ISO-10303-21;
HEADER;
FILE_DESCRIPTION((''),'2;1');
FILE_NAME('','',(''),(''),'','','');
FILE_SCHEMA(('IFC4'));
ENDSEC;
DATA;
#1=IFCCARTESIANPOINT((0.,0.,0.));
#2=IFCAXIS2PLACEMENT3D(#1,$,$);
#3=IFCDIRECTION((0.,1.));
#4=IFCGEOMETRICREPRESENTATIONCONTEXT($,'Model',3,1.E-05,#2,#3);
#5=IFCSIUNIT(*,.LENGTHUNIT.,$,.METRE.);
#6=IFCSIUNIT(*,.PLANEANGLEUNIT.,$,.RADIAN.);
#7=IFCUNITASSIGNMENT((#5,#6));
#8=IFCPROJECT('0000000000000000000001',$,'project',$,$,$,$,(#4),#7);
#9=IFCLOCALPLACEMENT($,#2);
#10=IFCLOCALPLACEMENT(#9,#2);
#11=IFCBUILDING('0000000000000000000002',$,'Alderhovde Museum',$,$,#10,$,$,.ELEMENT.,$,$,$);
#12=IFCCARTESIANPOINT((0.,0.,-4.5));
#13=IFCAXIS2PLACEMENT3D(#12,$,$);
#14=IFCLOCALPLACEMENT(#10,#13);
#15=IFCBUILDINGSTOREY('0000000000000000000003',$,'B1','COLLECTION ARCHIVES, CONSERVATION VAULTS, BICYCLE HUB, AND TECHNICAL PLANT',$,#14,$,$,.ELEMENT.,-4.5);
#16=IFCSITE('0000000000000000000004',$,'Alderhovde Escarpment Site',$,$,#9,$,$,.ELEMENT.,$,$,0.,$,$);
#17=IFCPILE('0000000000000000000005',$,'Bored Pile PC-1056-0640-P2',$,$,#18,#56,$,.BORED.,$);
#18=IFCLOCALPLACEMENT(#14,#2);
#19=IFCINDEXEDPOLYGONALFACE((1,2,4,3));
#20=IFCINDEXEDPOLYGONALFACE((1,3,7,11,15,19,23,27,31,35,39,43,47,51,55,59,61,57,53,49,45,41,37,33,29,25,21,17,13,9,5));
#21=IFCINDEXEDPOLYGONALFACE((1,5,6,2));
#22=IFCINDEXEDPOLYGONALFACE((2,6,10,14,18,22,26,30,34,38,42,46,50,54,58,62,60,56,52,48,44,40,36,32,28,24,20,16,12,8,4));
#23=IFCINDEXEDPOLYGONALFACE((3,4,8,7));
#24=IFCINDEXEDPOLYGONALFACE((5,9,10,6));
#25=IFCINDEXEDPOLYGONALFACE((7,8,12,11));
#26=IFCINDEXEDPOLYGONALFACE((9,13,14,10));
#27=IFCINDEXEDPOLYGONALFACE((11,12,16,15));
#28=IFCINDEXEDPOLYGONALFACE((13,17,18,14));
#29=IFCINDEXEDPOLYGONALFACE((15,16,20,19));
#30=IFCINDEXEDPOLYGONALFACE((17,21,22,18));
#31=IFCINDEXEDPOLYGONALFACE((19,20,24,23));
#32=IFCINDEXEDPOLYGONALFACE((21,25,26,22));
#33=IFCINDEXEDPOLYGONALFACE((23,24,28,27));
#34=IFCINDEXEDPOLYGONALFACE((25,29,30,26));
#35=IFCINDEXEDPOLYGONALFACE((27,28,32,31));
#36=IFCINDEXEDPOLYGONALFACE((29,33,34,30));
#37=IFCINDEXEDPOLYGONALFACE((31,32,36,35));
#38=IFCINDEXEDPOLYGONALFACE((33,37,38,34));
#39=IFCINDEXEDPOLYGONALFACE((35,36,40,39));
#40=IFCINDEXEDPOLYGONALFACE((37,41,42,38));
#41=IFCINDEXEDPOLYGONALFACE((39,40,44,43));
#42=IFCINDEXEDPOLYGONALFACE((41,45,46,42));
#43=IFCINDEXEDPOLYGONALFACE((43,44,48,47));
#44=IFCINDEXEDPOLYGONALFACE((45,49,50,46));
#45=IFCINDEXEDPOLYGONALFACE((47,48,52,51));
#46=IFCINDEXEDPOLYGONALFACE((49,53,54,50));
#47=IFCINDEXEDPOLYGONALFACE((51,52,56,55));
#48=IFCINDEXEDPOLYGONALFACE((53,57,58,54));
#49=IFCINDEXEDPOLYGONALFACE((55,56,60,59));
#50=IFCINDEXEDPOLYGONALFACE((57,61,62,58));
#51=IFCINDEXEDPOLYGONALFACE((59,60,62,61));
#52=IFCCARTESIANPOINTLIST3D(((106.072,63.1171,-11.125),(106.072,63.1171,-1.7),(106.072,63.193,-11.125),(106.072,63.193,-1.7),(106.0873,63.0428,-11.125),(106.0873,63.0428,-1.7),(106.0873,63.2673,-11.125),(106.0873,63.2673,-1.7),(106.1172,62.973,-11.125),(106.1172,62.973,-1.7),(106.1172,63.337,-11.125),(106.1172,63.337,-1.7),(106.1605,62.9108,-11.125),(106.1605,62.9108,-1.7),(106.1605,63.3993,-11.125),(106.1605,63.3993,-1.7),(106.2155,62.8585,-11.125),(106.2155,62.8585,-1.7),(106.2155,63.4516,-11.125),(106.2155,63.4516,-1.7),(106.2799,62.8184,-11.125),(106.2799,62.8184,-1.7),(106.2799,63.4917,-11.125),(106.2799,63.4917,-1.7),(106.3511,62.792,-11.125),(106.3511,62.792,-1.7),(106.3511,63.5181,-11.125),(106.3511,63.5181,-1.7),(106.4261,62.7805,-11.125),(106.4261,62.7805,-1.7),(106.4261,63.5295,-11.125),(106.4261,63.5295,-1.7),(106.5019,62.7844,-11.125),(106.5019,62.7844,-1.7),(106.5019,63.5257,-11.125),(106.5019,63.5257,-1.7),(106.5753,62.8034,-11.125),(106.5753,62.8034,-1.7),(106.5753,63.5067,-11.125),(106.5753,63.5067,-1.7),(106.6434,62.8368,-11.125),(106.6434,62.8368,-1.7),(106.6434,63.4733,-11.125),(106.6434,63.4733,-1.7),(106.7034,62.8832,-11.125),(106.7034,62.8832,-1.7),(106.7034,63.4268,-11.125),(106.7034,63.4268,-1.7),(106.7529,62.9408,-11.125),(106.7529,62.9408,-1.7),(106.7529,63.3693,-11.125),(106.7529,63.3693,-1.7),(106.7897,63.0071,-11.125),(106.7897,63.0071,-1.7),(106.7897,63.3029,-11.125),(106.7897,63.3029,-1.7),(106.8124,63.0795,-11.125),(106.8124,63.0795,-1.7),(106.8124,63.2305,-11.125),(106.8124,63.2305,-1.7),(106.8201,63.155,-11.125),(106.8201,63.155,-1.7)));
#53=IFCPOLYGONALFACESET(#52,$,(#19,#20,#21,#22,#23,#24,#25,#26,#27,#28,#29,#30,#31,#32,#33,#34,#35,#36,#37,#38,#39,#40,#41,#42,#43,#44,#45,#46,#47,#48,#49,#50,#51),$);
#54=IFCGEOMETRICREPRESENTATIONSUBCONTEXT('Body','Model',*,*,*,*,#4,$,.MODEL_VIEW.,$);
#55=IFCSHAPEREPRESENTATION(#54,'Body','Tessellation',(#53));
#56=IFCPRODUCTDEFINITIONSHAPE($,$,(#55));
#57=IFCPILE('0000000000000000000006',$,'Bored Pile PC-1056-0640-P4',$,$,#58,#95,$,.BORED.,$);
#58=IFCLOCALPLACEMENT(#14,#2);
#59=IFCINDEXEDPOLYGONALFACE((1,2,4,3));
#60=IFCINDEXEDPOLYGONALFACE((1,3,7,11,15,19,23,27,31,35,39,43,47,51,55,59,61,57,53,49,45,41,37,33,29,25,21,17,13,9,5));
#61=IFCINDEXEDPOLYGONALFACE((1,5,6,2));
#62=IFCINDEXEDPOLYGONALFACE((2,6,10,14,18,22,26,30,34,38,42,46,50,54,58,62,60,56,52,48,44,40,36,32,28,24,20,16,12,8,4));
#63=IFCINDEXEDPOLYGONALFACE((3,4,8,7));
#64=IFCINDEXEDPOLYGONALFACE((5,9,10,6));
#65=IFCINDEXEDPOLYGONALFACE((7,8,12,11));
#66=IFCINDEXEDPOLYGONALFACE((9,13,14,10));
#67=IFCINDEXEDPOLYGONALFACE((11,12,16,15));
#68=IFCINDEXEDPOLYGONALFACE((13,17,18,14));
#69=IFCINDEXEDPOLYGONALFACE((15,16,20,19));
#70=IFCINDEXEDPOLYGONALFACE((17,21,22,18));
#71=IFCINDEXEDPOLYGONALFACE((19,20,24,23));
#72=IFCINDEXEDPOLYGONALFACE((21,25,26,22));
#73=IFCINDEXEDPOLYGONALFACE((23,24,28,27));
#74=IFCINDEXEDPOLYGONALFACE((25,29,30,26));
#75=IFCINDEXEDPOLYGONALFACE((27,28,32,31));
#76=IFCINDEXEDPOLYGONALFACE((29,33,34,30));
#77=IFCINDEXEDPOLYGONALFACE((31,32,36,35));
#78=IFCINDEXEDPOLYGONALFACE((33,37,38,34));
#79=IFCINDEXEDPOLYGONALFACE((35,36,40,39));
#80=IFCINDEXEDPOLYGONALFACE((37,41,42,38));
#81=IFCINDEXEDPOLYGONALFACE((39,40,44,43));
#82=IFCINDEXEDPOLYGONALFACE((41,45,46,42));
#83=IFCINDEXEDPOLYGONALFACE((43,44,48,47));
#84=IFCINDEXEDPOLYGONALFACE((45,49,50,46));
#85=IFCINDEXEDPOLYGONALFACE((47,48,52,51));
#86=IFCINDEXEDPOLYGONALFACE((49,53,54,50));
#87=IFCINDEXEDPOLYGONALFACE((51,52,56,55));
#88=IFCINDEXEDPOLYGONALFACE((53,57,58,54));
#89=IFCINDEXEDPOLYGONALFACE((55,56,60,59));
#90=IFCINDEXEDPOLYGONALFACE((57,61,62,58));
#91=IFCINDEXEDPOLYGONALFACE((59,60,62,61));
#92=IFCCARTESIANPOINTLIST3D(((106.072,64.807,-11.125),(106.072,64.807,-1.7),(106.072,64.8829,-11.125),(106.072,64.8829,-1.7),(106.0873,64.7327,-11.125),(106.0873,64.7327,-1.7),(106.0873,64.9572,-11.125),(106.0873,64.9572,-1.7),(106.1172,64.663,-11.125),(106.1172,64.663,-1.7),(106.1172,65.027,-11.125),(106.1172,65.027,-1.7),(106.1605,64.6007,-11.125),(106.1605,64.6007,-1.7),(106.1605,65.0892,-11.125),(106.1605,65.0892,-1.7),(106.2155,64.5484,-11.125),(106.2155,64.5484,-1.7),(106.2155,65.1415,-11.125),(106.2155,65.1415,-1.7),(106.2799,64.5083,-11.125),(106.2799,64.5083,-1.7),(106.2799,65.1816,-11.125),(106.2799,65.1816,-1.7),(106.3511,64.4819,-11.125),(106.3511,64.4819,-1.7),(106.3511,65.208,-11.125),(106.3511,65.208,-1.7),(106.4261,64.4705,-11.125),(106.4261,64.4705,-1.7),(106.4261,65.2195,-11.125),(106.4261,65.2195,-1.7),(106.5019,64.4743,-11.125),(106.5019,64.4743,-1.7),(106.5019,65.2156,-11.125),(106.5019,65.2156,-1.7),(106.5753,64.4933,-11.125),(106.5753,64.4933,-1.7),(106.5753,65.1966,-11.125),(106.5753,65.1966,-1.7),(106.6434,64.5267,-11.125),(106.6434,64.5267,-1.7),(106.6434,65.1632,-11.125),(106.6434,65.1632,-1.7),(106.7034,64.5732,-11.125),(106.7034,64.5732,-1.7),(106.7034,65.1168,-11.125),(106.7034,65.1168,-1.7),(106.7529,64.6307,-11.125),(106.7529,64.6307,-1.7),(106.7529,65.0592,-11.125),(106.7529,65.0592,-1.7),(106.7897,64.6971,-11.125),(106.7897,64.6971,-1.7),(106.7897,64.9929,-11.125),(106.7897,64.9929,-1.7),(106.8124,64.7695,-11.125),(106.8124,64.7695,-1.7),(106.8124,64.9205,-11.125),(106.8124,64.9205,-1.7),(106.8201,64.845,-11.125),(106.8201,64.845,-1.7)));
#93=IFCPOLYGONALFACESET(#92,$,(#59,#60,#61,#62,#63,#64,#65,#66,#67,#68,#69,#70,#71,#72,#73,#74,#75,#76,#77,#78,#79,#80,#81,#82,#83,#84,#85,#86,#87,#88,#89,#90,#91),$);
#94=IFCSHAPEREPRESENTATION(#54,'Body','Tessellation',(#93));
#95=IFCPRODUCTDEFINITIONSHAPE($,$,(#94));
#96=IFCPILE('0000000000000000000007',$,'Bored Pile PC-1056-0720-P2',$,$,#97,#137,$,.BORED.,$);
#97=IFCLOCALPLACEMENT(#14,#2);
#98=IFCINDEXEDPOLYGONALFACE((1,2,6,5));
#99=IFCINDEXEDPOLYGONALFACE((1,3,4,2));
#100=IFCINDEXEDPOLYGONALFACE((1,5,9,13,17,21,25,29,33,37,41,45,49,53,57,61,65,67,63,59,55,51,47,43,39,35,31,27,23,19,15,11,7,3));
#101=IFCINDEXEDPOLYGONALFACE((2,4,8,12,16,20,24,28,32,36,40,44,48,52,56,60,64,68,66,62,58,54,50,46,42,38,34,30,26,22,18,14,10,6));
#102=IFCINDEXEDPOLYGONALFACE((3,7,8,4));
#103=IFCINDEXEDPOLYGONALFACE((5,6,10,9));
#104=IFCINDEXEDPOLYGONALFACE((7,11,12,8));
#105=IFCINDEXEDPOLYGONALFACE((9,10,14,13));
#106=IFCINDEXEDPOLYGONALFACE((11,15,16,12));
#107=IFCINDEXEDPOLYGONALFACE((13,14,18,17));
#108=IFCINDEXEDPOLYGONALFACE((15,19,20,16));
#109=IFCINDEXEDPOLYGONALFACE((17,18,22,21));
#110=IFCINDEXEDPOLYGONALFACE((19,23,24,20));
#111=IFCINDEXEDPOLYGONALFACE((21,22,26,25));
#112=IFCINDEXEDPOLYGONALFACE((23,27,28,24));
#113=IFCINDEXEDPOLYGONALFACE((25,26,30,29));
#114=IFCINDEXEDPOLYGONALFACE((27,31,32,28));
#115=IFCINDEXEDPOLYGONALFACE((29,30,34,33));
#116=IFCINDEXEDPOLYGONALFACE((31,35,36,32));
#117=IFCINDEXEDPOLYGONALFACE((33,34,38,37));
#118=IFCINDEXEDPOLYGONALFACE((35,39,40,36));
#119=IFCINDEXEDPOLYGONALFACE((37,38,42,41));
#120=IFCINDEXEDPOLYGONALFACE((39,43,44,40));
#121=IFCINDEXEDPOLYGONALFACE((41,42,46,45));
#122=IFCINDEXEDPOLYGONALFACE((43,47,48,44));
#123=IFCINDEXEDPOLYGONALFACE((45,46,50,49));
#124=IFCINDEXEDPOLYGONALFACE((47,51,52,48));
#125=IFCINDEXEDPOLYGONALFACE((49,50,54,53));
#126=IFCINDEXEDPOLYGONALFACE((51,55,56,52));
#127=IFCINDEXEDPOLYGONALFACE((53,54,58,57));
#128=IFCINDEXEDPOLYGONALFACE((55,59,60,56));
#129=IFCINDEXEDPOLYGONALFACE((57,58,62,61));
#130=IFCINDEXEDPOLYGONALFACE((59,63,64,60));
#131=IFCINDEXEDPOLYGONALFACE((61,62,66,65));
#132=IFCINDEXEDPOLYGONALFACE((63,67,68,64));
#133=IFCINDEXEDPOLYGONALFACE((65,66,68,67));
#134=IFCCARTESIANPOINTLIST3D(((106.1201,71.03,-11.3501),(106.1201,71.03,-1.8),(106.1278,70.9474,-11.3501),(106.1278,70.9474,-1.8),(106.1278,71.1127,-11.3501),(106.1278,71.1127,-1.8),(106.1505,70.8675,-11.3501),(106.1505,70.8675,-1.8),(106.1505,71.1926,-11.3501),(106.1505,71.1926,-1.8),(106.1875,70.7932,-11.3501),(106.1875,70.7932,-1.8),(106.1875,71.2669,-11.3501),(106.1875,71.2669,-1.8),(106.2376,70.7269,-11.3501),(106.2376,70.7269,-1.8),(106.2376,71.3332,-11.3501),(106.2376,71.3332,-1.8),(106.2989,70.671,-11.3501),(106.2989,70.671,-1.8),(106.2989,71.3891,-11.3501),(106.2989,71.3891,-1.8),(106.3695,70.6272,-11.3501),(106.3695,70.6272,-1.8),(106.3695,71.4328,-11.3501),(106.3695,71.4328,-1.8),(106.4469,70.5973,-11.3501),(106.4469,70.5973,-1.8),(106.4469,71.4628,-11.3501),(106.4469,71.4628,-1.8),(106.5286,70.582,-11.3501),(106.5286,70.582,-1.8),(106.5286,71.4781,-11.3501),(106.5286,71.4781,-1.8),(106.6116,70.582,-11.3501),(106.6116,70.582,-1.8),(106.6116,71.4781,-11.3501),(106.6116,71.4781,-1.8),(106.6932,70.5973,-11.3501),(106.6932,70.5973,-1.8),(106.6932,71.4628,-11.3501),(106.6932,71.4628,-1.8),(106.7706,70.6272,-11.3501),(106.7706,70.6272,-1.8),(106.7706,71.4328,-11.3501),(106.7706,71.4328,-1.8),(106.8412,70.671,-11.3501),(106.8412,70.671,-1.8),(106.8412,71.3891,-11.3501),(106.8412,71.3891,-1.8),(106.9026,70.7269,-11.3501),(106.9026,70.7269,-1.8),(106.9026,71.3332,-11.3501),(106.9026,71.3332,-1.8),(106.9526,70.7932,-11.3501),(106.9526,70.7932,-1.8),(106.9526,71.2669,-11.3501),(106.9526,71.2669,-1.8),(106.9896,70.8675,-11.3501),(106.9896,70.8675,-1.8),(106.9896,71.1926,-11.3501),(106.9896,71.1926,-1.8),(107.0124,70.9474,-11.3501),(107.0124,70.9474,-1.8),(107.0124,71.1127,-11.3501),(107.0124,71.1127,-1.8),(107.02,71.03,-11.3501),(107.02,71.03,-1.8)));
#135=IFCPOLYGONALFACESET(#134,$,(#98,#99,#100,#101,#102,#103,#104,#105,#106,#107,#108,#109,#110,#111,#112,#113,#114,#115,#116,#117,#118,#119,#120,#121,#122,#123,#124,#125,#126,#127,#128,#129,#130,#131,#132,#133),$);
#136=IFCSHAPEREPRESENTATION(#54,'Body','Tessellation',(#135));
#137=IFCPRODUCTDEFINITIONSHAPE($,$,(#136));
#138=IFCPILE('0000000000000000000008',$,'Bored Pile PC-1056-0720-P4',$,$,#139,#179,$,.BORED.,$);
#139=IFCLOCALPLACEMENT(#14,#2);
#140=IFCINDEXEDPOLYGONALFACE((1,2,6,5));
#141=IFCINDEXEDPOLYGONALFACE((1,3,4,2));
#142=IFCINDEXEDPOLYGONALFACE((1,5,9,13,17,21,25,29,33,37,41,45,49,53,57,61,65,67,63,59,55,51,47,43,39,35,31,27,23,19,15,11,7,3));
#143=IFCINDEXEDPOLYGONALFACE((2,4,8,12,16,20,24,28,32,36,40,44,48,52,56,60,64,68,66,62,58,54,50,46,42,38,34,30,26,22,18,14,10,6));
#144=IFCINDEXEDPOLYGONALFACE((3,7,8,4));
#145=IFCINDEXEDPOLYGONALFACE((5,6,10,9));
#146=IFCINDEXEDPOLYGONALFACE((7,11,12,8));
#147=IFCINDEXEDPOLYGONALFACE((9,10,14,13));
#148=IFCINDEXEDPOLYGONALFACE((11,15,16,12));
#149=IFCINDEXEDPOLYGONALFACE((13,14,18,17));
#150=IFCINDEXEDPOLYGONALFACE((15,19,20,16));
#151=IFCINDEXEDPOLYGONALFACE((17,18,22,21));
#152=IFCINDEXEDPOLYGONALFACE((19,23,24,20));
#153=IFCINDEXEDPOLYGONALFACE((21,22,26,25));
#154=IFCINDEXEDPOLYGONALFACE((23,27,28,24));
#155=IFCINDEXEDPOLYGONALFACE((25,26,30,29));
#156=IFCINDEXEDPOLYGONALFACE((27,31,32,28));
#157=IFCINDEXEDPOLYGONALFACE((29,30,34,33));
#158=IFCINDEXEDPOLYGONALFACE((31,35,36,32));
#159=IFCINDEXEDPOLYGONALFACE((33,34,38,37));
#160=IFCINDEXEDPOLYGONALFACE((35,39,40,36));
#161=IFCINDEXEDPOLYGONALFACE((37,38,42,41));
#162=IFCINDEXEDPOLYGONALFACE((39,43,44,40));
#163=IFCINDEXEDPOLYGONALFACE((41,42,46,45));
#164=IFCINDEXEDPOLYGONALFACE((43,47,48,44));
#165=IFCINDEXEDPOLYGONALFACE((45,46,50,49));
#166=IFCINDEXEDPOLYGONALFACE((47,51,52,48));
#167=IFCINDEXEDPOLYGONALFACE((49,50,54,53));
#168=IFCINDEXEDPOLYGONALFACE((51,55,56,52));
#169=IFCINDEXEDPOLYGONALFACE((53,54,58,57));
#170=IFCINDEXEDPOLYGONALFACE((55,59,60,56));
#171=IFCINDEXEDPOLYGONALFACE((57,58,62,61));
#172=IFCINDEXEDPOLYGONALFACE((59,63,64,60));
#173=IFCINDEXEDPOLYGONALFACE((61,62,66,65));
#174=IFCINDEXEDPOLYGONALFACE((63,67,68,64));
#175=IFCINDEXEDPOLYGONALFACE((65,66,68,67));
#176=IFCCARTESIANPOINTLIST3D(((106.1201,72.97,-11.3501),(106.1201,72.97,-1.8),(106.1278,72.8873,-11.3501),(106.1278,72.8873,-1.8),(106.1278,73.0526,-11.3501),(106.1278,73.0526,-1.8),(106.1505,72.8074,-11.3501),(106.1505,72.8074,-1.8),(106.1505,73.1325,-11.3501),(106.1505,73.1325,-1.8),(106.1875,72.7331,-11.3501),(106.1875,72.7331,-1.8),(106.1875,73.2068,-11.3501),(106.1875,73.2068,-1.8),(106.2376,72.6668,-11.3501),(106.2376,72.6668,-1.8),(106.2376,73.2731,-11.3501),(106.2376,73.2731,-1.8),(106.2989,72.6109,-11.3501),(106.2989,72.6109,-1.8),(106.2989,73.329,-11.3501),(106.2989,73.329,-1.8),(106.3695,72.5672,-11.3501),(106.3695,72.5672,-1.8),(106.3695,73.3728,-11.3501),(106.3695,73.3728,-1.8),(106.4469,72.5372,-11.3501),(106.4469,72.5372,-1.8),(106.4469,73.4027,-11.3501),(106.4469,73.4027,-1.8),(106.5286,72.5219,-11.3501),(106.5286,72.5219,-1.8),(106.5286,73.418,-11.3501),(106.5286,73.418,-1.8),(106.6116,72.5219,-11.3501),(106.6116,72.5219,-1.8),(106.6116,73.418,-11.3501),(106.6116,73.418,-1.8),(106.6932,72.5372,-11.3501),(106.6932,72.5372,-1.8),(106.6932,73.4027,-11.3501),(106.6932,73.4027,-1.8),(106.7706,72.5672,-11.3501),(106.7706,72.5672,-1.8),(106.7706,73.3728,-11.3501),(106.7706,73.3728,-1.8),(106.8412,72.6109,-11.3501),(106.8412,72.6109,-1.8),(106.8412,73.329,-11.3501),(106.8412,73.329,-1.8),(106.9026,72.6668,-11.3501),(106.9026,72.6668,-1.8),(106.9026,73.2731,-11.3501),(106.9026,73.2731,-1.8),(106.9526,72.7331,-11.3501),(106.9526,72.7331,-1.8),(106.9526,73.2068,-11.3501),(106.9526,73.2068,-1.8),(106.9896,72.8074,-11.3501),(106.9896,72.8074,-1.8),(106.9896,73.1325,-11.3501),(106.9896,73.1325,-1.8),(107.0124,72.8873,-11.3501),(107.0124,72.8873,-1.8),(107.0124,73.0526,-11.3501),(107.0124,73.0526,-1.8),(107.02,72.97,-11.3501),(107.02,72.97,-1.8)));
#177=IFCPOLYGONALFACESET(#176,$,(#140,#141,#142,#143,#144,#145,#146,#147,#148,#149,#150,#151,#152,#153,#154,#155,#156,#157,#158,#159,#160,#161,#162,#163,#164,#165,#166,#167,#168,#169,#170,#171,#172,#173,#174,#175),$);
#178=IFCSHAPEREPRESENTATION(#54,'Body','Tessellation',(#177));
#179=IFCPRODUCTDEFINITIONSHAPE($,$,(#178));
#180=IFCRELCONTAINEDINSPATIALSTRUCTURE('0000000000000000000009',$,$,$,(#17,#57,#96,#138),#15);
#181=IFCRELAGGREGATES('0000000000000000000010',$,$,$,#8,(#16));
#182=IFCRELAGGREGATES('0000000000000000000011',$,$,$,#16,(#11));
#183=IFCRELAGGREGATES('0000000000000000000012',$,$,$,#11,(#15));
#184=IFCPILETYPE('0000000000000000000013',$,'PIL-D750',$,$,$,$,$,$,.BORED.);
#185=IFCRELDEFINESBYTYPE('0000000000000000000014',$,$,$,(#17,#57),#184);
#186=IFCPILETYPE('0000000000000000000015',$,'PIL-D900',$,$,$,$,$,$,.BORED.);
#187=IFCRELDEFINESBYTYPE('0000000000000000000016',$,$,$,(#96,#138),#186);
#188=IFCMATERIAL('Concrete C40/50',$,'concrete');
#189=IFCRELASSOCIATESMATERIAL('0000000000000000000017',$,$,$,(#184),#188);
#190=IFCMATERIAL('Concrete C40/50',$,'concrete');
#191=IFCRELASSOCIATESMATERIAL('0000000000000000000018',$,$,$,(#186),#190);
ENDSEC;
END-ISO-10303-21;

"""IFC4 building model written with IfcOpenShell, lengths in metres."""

from ifc_helpers import new_model, si_unit, direction, frame, origin, origin_2d, place, context, subcontext, project, spatial, circle, extrude, material, material_profile, profile_set, type_object, element, save


model = new_model("IFC4")

# Units and contexts
model_context = context("Model", 3, precision=1e-05, world=origin(), true_north=direction((0.0, 1.0)))
body_context = subcontext(model_context, "Body", "Model", "MODEL_VIEW")
ifc_project = project(units=[si_unit("LENGTHUNIT", "METRE"), si_unit("PLANEANGLEUNIT", "RADIAN")], contexts=[model_context])

# Site, building, storey
site_placement = place(None, origin())
site = spatial("IfcSite", under=ifc_project, at=site_placement, Name="Alderhovde Escarpment Site", CompositionType="ELEMENT", RefElevation=0.0)
building_placement = place(site_placement, origin())
building = spatial("IfcBuilding", under=site, at=building_placement, Name="Alderhovde Museum", CompositionType="ELEMENT")
storey_placement = place(building_placement, frame((0.0, 0.0, -4.5)))
storey = spatial("IfcBuildingStorey", under=building, at=storey_placement, Name="B1", Description="COLLECTION ARCHIVES, CONSERVATION VAULTS, BICYCLE HUB, AND TECHNICAL PLANT", CompositionType="ELEMENT", Elevation=-4.5)

# Piles
ifc_material_1 = material(Name="Concrete C40/50", Category="concrete")
ifc_material_profile_1 = material_profile(ifc_material_1, circle(Radius=0.375, at=origin_2d()), Name="PILE-D750")
ifc_profile_set_1 = profile_set([ifc_material_profile_1], Name="Concrete C40/50")
pile_type_1 = type_object("IfcPileType", Name="PIL-D750", PredefinedType="BORED", material=ifc_profile_set_1)
for number, where, z_axis, x_axis, name in (
    (1, (106.4451, 63.155, -1.7), (0.0, 0.0, -1.0), (1.0, 0.0, 0.0), "Bored Pile PC-1056-0640-P2"),
    (2, (106.4451, 64.845, -1.7), (0.0, 0.0, -1.0), (1.0, 0.0, 0.0), "Bored Pile PC-1056-0640-P4"),
):
    element("IfcPile", number, at=place(storey_placement, frame(where, z_axis=z_axis, x_axis=x_axis)), inside=storey, type_object=pile_type_1, Name=name, PredefinedType="BORED", context=body_context, shape_type="SweptSolid", body=[
        extrude(circle(Radius=0.375, at=origin_2d()), origin(), (0.0, 0.0, 1.0), 9.425),
    ])
ifc_material_2 = material(Name="Concrete C40/50", Category="concrete")
ifc_material_profile_2 = material_profile(ifc_material_2, circle(Radius=0.45, at=origin_2d()), Name="PILE-D900")
ifc_profile_set_2 = profile_set([ifc_material_profile_2], Name="Concrete C40/50")
pile_type_2 = type_object("IfcPileType", Name="PIL-D900", PredefinedType="BORED", material=ifc_profile_set_2)
for number, where, z_axis, x_axis, name in (
    (3, (106.5701, 71.03, -1.8), (0.0, 0.0, -1.0), (1.0, 0.0, 0.0), "Bored Pile PC-1056-0720-P2"),
    (4, (106.5701, 72.97, -1.8), (0.0, 0.0, -1.0), (1.0, 0.0, 0.0), "Bored Pile PC-1056-0720-P4"),
):
    element("IfcPile", number, at=place(storey_placement, frame(where, z_axis=z_axis, x_axis=x_axis)), inside=storey, type_object=pile_type_2, Name=name, PredefinedType="BORED", context=body_context, shape_type="SweptSolid", body=[
        extrude(circle(Radius=0.45, at=origin_2d()), origin(), (0.0, 0.0, 1.0), 9.55),
    ])

save(model, "model.ifc")
